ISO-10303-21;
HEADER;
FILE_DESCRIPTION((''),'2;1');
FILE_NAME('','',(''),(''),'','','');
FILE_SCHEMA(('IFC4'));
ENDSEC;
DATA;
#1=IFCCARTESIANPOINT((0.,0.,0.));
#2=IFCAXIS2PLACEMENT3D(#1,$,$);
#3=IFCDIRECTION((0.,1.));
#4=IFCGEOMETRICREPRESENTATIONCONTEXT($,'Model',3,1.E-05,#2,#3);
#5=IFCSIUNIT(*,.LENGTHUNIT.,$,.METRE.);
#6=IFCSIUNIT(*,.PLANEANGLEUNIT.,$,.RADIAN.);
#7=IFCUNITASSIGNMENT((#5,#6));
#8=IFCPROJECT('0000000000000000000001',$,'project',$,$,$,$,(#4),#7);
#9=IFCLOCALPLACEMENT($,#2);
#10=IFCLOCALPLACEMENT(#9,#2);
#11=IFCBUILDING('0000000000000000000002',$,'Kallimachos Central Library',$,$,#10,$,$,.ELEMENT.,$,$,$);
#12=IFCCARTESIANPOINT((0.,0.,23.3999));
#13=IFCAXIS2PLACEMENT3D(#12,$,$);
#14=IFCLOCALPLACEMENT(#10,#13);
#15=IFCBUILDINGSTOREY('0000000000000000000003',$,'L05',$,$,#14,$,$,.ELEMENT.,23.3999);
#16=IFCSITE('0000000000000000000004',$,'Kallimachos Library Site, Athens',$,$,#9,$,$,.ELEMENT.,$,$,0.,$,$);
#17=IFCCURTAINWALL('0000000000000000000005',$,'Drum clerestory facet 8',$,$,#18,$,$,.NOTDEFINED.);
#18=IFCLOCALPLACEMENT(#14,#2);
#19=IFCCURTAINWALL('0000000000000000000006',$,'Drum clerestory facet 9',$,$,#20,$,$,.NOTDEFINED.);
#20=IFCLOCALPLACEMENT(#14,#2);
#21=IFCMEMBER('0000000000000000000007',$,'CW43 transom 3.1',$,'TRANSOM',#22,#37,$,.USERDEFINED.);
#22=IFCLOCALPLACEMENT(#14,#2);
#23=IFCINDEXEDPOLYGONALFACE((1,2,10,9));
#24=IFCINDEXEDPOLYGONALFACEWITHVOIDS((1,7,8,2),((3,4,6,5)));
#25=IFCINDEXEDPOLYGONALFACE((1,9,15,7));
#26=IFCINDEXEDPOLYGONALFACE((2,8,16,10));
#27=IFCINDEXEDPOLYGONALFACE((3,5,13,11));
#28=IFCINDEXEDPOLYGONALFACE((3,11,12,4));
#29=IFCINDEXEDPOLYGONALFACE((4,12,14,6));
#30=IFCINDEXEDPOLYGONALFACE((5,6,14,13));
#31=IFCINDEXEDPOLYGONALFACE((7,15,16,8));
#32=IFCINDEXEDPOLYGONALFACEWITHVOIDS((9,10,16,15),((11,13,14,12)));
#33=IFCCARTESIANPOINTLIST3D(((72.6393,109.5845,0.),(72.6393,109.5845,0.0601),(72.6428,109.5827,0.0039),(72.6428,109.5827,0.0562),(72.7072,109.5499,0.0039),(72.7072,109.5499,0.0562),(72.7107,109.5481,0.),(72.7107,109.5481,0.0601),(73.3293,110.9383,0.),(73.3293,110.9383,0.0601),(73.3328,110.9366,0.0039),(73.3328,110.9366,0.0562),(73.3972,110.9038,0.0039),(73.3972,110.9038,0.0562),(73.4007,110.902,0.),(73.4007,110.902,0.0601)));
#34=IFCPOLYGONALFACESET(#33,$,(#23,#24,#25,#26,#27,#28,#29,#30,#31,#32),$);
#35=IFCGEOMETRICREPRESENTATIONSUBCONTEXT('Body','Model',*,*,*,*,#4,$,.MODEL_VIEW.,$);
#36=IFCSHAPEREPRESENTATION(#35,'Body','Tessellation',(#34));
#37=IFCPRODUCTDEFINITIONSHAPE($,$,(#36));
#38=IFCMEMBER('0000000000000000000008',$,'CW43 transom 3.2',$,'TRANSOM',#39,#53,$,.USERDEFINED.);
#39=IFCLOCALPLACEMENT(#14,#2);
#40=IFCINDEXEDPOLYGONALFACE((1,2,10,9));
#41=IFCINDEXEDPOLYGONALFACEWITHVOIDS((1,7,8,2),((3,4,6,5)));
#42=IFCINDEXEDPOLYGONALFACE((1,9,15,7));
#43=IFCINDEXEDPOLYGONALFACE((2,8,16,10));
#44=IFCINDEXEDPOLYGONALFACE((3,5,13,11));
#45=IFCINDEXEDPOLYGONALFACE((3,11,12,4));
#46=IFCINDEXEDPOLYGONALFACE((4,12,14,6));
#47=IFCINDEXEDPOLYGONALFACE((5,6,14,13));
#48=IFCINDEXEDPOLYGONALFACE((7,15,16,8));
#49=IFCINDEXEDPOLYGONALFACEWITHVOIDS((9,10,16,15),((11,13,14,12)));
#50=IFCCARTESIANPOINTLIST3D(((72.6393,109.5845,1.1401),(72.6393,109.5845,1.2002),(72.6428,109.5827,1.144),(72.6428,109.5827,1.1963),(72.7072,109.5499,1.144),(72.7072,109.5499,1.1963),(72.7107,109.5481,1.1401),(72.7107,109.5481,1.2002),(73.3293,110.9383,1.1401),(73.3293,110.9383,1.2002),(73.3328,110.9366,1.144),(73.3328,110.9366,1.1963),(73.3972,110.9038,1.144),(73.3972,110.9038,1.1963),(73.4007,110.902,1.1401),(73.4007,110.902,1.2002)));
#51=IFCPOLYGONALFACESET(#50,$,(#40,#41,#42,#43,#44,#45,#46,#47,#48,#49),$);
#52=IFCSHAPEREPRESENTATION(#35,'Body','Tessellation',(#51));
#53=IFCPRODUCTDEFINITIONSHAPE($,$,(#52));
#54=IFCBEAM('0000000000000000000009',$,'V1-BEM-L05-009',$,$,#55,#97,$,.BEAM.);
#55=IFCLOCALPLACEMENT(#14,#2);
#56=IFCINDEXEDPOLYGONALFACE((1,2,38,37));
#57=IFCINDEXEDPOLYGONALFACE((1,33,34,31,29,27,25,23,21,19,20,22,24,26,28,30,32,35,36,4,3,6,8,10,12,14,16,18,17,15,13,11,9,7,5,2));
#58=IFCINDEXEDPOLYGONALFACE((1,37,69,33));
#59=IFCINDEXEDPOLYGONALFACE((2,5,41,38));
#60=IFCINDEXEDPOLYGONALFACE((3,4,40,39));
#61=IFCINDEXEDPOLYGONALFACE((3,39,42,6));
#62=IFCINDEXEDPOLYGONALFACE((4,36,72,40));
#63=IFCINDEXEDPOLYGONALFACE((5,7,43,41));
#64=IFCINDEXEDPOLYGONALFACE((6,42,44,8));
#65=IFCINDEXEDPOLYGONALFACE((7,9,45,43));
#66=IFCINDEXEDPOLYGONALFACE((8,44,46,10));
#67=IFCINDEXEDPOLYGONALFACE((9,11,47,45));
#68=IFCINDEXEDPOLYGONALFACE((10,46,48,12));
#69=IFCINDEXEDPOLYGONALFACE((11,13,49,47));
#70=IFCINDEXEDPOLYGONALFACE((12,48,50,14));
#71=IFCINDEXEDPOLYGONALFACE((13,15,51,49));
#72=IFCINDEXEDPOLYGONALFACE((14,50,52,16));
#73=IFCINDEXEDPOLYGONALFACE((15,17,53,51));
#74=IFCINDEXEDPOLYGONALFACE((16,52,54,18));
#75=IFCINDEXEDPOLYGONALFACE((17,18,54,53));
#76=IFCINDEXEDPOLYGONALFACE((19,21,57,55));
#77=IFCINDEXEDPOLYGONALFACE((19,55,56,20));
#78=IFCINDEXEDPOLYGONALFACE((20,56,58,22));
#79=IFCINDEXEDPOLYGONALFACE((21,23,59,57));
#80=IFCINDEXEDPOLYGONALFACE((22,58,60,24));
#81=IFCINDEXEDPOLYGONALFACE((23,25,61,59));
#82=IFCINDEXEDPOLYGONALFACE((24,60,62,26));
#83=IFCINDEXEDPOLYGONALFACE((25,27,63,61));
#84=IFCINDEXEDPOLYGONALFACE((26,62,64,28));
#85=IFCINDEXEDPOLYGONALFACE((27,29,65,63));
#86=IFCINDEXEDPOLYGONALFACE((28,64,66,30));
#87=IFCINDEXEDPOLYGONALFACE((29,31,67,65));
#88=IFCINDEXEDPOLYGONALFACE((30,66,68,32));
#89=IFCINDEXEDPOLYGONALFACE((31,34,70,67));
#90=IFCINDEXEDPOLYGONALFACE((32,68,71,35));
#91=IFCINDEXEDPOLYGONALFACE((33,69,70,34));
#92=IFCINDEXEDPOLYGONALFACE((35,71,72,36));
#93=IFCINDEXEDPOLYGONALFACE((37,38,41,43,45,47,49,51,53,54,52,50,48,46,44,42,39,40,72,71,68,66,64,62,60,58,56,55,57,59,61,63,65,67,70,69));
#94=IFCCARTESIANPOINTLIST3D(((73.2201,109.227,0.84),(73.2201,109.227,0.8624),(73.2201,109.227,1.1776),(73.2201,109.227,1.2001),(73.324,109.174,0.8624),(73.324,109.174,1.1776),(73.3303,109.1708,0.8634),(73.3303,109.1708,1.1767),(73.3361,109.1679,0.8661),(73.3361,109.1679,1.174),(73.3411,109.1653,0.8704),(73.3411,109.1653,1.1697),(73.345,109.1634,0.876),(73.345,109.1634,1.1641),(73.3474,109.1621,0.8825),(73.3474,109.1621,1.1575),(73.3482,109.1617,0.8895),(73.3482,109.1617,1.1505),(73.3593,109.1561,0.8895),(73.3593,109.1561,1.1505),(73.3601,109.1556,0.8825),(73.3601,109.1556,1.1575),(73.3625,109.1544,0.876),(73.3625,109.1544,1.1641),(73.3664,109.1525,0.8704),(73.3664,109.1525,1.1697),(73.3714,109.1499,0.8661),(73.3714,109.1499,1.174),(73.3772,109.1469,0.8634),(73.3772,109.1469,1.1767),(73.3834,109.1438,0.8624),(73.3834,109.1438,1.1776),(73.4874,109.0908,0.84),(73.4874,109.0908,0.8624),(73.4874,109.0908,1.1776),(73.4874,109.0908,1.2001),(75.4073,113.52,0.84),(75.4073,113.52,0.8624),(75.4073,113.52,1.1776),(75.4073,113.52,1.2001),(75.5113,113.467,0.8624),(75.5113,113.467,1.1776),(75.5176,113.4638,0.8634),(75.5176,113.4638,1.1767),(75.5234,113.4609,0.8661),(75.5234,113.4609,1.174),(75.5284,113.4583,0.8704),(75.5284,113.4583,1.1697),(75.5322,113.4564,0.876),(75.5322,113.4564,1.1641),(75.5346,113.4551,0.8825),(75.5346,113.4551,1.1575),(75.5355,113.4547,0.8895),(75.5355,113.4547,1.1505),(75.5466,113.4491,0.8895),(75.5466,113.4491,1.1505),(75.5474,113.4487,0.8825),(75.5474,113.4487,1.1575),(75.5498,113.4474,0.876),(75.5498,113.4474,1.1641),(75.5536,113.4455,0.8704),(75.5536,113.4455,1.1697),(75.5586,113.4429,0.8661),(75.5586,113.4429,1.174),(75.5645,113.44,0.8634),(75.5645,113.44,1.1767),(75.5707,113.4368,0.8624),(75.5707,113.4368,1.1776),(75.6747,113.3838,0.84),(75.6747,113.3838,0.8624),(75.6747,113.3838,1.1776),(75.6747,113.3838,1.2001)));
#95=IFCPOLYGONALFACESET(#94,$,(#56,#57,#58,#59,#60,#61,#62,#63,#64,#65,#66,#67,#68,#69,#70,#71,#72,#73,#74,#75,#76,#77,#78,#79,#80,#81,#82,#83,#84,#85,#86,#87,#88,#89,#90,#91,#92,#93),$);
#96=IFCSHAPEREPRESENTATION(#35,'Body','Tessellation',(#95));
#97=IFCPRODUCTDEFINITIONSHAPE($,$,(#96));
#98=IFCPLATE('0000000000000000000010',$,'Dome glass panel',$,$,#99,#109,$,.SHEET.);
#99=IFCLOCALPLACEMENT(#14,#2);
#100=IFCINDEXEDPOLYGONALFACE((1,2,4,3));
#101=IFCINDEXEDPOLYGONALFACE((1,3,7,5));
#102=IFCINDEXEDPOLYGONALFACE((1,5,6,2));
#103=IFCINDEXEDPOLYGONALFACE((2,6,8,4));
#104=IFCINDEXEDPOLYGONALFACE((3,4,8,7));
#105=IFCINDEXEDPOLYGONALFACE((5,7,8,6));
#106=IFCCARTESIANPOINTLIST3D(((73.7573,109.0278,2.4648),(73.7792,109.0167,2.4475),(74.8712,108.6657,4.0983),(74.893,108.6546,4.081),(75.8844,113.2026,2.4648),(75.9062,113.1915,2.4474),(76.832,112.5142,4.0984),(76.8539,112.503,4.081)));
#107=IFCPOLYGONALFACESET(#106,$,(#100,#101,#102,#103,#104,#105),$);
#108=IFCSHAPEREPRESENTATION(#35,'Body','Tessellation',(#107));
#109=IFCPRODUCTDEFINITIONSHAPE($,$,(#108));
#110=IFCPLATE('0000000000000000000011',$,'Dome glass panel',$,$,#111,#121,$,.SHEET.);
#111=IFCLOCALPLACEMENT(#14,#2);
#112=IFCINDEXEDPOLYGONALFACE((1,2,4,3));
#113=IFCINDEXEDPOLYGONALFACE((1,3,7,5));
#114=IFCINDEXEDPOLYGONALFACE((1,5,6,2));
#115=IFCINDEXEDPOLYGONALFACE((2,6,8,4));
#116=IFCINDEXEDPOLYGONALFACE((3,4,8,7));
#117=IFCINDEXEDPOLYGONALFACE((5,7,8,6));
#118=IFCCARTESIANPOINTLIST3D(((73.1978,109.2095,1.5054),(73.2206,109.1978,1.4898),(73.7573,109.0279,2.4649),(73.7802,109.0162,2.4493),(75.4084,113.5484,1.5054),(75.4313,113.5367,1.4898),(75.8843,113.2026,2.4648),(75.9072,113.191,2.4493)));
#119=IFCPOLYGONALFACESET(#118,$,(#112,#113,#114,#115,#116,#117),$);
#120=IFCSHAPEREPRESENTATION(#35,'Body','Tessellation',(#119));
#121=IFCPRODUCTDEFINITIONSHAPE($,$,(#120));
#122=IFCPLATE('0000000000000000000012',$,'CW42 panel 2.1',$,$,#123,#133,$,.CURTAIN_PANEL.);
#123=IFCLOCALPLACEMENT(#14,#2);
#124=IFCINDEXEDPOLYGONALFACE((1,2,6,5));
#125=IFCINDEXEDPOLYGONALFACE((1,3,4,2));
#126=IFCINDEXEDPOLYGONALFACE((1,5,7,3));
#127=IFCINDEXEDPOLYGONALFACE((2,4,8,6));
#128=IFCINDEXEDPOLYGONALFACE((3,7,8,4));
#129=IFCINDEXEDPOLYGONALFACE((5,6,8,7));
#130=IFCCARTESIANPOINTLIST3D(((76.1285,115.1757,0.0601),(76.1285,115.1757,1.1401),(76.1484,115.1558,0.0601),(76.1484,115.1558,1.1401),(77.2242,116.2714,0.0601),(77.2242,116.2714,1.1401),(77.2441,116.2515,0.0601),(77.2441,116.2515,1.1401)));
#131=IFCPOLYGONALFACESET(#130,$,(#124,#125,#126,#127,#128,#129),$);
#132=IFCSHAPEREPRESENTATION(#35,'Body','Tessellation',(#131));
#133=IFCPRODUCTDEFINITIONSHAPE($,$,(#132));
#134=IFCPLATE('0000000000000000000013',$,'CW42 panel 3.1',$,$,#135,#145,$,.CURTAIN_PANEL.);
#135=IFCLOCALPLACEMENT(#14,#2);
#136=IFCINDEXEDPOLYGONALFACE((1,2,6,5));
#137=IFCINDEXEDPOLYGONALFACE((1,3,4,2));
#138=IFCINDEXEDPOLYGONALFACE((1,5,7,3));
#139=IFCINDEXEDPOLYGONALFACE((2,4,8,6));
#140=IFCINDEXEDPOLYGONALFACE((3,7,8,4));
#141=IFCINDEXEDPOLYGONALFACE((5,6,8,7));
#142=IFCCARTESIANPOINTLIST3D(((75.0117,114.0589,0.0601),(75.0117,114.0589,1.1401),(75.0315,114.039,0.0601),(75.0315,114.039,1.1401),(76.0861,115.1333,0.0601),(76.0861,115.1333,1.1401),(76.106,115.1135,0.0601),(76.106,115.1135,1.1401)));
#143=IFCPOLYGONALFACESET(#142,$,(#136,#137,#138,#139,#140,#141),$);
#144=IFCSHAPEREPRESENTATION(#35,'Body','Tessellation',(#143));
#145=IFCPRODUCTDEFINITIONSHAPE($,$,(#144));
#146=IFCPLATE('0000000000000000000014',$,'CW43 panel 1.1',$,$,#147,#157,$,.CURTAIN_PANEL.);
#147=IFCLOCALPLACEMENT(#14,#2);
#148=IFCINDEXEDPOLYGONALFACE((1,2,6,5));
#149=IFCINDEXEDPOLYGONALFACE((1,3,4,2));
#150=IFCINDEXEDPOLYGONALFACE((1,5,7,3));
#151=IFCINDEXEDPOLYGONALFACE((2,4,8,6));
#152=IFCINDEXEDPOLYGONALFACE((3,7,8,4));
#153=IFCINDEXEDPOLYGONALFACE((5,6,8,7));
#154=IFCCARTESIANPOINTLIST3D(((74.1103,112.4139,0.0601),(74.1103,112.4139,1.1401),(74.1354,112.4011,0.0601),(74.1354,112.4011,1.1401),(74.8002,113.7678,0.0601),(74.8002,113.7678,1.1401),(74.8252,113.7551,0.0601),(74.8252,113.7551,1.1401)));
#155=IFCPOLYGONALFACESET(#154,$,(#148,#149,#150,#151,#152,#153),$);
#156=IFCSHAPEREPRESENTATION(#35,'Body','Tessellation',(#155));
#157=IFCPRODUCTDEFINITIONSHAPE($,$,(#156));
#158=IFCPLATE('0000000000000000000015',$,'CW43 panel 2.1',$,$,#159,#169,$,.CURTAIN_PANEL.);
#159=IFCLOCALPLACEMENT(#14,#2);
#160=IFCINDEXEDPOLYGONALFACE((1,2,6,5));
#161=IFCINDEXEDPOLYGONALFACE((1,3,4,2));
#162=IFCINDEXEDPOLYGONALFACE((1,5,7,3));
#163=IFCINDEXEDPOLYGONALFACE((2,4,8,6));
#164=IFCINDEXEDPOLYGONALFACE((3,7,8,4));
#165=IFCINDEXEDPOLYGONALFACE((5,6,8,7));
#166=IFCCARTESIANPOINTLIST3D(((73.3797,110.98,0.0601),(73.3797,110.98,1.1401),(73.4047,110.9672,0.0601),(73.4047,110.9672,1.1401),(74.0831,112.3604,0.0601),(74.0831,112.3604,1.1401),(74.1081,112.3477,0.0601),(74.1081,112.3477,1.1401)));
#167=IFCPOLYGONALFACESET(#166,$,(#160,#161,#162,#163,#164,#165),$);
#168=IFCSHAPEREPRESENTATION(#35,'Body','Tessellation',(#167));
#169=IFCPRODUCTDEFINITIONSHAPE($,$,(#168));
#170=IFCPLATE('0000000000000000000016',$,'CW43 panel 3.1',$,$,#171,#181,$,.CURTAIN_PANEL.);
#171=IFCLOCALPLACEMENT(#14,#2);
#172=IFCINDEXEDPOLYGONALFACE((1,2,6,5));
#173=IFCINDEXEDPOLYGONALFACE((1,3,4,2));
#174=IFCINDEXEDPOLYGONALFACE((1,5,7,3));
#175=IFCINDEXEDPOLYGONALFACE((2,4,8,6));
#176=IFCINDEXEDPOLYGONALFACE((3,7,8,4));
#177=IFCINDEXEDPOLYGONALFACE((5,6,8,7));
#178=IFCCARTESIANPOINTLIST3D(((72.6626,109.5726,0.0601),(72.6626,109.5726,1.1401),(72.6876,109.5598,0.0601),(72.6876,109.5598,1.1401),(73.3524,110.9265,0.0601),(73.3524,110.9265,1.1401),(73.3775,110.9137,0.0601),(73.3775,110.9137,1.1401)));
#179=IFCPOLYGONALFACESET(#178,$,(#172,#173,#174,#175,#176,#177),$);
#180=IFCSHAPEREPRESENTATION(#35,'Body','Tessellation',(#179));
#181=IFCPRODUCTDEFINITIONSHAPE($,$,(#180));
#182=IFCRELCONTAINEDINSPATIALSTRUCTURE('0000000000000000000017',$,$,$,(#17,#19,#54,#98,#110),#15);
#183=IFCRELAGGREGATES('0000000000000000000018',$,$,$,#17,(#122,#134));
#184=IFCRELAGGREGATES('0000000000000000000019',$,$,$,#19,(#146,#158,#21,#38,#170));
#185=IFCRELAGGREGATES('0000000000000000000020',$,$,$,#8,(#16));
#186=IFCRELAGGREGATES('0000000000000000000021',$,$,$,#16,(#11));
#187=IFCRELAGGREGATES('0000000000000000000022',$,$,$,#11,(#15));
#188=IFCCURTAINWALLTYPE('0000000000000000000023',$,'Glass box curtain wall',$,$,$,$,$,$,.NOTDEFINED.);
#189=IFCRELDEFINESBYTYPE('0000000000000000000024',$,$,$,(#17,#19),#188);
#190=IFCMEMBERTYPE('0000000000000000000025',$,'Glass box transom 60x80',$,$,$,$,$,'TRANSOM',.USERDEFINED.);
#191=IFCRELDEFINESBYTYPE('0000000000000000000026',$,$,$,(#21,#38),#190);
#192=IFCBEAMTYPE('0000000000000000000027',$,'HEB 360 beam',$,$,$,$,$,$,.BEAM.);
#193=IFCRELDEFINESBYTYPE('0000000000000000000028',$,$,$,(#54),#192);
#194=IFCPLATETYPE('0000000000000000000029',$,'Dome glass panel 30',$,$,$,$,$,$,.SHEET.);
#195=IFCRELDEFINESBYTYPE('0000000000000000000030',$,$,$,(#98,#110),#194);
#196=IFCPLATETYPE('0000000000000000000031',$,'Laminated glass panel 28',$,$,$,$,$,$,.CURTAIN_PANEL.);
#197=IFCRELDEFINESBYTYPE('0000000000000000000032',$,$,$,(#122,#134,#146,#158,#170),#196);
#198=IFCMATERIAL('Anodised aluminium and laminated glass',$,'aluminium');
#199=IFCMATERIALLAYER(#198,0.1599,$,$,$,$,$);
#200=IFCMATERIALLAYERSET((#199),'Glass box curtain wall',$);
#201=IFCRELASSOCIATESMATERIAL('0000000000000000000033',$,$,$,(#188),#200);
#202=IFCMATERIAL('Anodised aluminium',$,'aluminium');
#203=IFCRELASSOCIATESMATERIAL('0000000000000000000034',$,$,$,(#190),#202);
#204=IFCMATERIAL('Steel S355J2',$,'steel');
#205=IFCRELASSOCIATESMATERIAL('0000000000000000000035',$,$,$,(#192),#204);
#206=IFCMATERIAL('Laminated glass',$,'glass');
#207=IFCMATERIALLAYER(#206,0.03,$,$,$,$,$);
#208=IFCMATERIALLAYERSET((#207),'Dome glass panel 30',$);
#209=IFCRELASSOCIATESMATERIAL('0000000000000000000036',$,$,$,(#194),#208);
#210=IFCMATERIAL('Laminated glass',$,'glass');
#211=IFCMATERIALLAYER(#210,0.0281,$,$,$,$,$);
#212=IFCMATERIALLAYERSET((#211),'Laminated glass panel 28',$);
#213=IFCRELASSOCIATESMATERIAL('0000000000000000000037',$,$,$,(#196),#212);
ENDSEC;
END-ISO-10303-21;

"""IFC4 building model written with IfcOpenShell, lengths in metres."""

from ifc_helpers import new_model, si_unit, direction, frame, origin, origin_2d, place, context, subcontext, project, spatial, polyline, rectangle, hollow_rectangle, i_section, outline, extrude, material, layer, layer_set, material_profile, profile_set, type_object, element, aggregate, save


model = new_model("IFC4")

# Units and contexts
model_context = context("Model", 3, precision=1e-05, world=origin(), true_north=direction((0.0, 1.0)))
body_context = subcontext(model_context, "Body", "Model", "MODEL_VIEW")
ifc_project = project(units=[si_unit("LENGTHUNIT", "METRE"), si_unit("PLANEANGLEUNIT", "RADIAN")], contexts=[model_context])

# Site, building, storey
site_placement = place(None, origin())
site = spatial("IfcSite", under=ifc_project, at=site_placement, Name="Kallimachos Library Site, Athens", CompositionType="ELEMENT", RefElevation=0.0)
building_placement = place(site_placement, origin())
building = spatial("IfcBuilding", under=site, at=building_placement, Name="Kallimachos Central Library", CompositionType="ELEMENT")
storey_placement = place(building_placement, frame((0.0, 0.0, 23.3999)))
storey = spatial("IfcBuildingStorey", under=building, at=storey_placement, Name="L05", CompositionType="ELEMENT", Elevation=23.3999)

# Curtain walls
ifc_material_1 = material(Name="Anodised aluminium and laminated glass", Category="aluminium")
ifc_layer_1 = layer(ifc_material_1, 0.1599)
ifc_layer_set_1 = layer_set([ifc_layer_1], Name="Glass box curtain wall")
curtain_wall_type = type_object("IfcCurtainWallType", Name="Glass box curtain wall", PredefinedType="NOTDEFINED", material=ifc_layer_set_1)
curtain_wall_1_placement = place(storey_placement, origin())
curtain_wall_1 = element("IfcCurtainWall", 1, at=curtain_wall_1_placement, inside=storey, type_object=curtain_wall_type, Name="Drum clerestory facet 8", PredefinedType="NOTDEFINED")
curtain_wall_2_placement = place(storey_placement, origin())
curtain_wall_2 = element("IfcCurtainWall", 2, at=curtain_wall_2_placement, inside=storey, type_object=curtain_wall_type, Name="Drum clerestory facet 9", PredefinedType="NOTDEFINED")

# Members
ifc_material_2 = material(Name="Anodised aluminium", Category="aluminium")
ifc_material_profile_1 = material_profile(ifc_material_2, hollow_rectangle(XDim=0.0601, YDim=0.0801, WallThickness=0.0039, at=origin_2d()), Name="ALU TRANSOM 60x80")
ifc_profile_set_1 = profile_set([ifc_material_profile_1], Name="Anodised aluminium")
member_type_1 = type_object("IfcMemberType", Name="Glass box transom 60x80", ElementType="TRANSOM", PredefinedType="USERDEFINED", material=ifc_profile_set_1)
member_1_placement = place(storey_placement, frame((73.365, 110.9202, 0.03), z_axis=(-0.454077, -0.890962, 0.0), x_axis=(0.0, 0.0, 1.0)))
member_1 = element("IfcMember", 3, at=member_1_placement, type_object=member_type_1, Name="CW43 transom 3.1", ObjectType="TRANSOM", PredefinedType="USERDEFINED", context=body_context, shape_type="SweptSolid", body=[
    extrude(hollow_rectangle(XDim=0.0601, YDim=0.0801, WallThickness=0.0039, at=origin_2d()), origin(), (0.0, 0.0, 1.0), 1.5195),
])
member_2_placement = place(storey_placement, frame((73.365, 110.9202, 1.1702), z_axis=(-0.454077, -0.890962, 0.0), x_axis=(0.0, 0.0, 1.0)))
member_2 = element("IfcMember", 4, at=member_2_placement, type_object=member_type_1, Name="CW43 transom 3.2", ObjectType="TRANSOM", PredefinedType="USERDEFINED", context=body_context, shape_type="SweptSolid", body=[
    extrude(hollow_rectangle(XDim=0.0601, YDim=0.0801, WallThickness=0.0039, at=origin_2d()), origin(), (0.0, 0.0, 1.0), 1.5195),
])

# Beam
ifc_material_3 = material(Name="Steel S355J2", Category="steel")
ifc_material_profile_2 = material_profile(ifc_material_3, i_section(OverallWidth=0.3, OverallDepth=0.3601, WebThickness=0.0125, FlangeThickness=0.0225, FilletRadius=0.0271, at=origin_2d()), Name="HEB 360")
ifc_profile_set_2 = profile_set([ifc_material_profile_2], Name="Steel S355J2")
beam_type = type_object("IfcBeamType", Name="HEB 360 beam", PredefinedType="BEAM", material=ifc_profile_set_2)
beam_placement = place(storey_placement, frame((75.541, 113.4519, 1.02), z_axis=(-0.453971, -0.891017, 0.0), x_axis=(0.891017, -0.453971, 0.0)))
element("IfcBeam", 5, at=beam_placement, inside=storey, type_object=beam_type, Name="V1-BEM-L05-009", PredefinedType="BEAM", context=body_context, shape_type="SweptSolid", body=[
    extrude(i_section(OverallWidth=0.3, OverallDepth=0.3601, WebThickness=0.0125, FlangeThickness=0.0225, FilletRadius=0.0271, at=origin_2d()), origin(), (0.0, 0.0, 1.0), 4.8181),
])

# Plates
ifc_material_4 = material(Name="Laminated glass", Category="glass")
ifc_layer_2 = layer(ifc_material_4, 0.03)
ifc_layer_set_2 = layer_set([ifc_layer_2], Name="Dome glass panel 30")
plate_type_1 = type_object("IfcPlateType", Name="Dome glass panel 30", PredefinedType="SHEET", material=ifc_layer_set_2)
plate_1_placement = place(storey_placement, frame((76.832, 112.5142, 4.0984), z_axis=(-0.727132, 0.370481, 0.577947), x_axis=(-0.471445, 0.34248, -0.812679)))
element("IfcPlate", 6, at=plate_1_placement, inside=storey, type_object=plate_type_1, Name="Dome glass panel", PredefinedType="SHEET", context=body_context, shape_type="SweptSolid", body=[
    extrude(outline(polyline([(0.0, 0.0), (2.0102, 0.0), (1.5831, 4.6659), (-0.3935, 4.3012), (0.0, 0.0)])), origin(), (0.0, 0.0, -1.0), 0.03),
])
plate_2_placement = place(storey_placement, frame((75.8843, 113.2026, 2.4648), z_axis=(-0.76218, 0.388325, 0.517963), x_axis=(-0.422851, 0.307204, -0.852539)))
element("IfcPlate", 7, at=plate_2_placement, inside=storey, type_object=plate_type_1, Name="Dome glass panel", PredefinedType="SHEET", context=body_context, shape_type="SweptSolid", body=[
    extrude(outline(polyline([(0.0, 0.0), (1.1254, 0.0), (0.7273, 4.8533), (-0.3831, 4.6697), (0.0, 0.0)])), origin(), (0.0, 0.0, -1.0), 0.03),
])

# Plates
ifc_material_5 = material(Name="Laminated glass", Category="glass")
ifc_layer_3 = layer(ifc_material_5, 0.0281)
ifc_layer_set_3 = layer_set([ifc_layer_3], Name="Laminated glass panel 28")
plate_type_2 = type_object("IfcPlateType", Name="Laminated glass panel 28", PredefinedType="CURTAIN_PANEL", material=ifc_layer_set_3)
plate_3_placement = place(storey_placement, frame((76.6863, 115.7136, 0.0601), z_axis=(0.0, 0.0, 1.0), x_axis=(-0.707107, -0.707107, 0.0)))
plate_3 = element("IfcPlate", 8, at=plate_3_placement, type_object=plate_type_2, Name="CW42 panel 2.1", PredefinedType="CURTAIN_PANEL", context=body_context, shape_type="SweptSolid", body=[
    extrude(rectangle(XDim=1.5496, YDim=0.0281, at=origin_2d()), origin(), (0.0, 0.0, 1.0), 1.0801),
])
plate_4_placement = place(storey_placement, frame((75.5588, 114.5862, 0.0601), z_axis=(0.0, 0.0, 1.0), x_axis=(-0.707107, -0.707107, 0.0)))
plate_4 = element("IfcPlate", 9, at=plate_4_placement, type_object=plate_type_2, Name="CW42 panel 3.1", PredefinedType="CURTAIN_PANEL", context=body_context, shape_type="SweptSolid", body=[
    extrude(rectangle(XDim=1.5195, YDim=0.0281, at=origin_2d()), origin(), (0.0, 0.0, 1.0), 1.0801),
])
aggregate(curtain_wall_1, [plate_3, plate_4])
plate_5_placement = place(storey_placement, frame((74.4678, 113.0845, 0.0601), z_axis=(0.0, 0.0, 1.0), x_axis=(-0.453991, -0.891006, 0.0)))
plate_5 = element("IfcPlate", 10, at=plate_5_placement, type_object=plate_type_2, Name="CW43 panel 1.1", PredefinedType="CURTAIN_PANEL", context=body_context, shape_type="SweptSolid", body=[
    extrude(rectangle(XDim=1.5195, YDim=0.0281, at=origin_2d()), origin(), (0.0, 0.0, 1.0), 1.0801),
])
plate_6_placement = place(storey_placement, frame((73.7439, 111.6638, 0.0601), z_axis=(0.0, 0.0, 1.0), x_axis=(-0.453991, -0.891006, 0.0)))
plate_6 = element("IfcPlate", 11, at=plate_6_placement, type_object=plate_type_2, Name="CW43 panel 2.1", PredefinedType="CURTAIN_PANEL", context=body_context, shape_type="SweptSolid", body=[
    extrude(rectangle(XDim=1.5493, YDim=0.0281, at=origin_2d()), origin(), (0.0, 0.0, 1.0), 1.0801),
])
plate_7_placement = place(storey_placement, frame((73.02, 110.2432, 0.0601), z_axis=(0.0, 0.0, 1.0), x_axis=(-0.453991, -0.891006, 0.0)))
plate_7 = element("IfcPlate", 12, at=plate_7_placement, type_object=plate_type_2, Name="CW43 panel 3.1", PredefinedType="CURTAIN_PANEL", context=body_context, shape_type="SweptSolid", body=[
    extrude(rectangle(XDim=1.5195, YDim=0.0281, at=origin_2d()), origin(), (0.0, 0.0, 1.0), 1.0801),
])
aggregate(curtain_wall_2, [plate_5, plate_6, member_1, member_2, plate_7])

save(model, "model.ifc")
